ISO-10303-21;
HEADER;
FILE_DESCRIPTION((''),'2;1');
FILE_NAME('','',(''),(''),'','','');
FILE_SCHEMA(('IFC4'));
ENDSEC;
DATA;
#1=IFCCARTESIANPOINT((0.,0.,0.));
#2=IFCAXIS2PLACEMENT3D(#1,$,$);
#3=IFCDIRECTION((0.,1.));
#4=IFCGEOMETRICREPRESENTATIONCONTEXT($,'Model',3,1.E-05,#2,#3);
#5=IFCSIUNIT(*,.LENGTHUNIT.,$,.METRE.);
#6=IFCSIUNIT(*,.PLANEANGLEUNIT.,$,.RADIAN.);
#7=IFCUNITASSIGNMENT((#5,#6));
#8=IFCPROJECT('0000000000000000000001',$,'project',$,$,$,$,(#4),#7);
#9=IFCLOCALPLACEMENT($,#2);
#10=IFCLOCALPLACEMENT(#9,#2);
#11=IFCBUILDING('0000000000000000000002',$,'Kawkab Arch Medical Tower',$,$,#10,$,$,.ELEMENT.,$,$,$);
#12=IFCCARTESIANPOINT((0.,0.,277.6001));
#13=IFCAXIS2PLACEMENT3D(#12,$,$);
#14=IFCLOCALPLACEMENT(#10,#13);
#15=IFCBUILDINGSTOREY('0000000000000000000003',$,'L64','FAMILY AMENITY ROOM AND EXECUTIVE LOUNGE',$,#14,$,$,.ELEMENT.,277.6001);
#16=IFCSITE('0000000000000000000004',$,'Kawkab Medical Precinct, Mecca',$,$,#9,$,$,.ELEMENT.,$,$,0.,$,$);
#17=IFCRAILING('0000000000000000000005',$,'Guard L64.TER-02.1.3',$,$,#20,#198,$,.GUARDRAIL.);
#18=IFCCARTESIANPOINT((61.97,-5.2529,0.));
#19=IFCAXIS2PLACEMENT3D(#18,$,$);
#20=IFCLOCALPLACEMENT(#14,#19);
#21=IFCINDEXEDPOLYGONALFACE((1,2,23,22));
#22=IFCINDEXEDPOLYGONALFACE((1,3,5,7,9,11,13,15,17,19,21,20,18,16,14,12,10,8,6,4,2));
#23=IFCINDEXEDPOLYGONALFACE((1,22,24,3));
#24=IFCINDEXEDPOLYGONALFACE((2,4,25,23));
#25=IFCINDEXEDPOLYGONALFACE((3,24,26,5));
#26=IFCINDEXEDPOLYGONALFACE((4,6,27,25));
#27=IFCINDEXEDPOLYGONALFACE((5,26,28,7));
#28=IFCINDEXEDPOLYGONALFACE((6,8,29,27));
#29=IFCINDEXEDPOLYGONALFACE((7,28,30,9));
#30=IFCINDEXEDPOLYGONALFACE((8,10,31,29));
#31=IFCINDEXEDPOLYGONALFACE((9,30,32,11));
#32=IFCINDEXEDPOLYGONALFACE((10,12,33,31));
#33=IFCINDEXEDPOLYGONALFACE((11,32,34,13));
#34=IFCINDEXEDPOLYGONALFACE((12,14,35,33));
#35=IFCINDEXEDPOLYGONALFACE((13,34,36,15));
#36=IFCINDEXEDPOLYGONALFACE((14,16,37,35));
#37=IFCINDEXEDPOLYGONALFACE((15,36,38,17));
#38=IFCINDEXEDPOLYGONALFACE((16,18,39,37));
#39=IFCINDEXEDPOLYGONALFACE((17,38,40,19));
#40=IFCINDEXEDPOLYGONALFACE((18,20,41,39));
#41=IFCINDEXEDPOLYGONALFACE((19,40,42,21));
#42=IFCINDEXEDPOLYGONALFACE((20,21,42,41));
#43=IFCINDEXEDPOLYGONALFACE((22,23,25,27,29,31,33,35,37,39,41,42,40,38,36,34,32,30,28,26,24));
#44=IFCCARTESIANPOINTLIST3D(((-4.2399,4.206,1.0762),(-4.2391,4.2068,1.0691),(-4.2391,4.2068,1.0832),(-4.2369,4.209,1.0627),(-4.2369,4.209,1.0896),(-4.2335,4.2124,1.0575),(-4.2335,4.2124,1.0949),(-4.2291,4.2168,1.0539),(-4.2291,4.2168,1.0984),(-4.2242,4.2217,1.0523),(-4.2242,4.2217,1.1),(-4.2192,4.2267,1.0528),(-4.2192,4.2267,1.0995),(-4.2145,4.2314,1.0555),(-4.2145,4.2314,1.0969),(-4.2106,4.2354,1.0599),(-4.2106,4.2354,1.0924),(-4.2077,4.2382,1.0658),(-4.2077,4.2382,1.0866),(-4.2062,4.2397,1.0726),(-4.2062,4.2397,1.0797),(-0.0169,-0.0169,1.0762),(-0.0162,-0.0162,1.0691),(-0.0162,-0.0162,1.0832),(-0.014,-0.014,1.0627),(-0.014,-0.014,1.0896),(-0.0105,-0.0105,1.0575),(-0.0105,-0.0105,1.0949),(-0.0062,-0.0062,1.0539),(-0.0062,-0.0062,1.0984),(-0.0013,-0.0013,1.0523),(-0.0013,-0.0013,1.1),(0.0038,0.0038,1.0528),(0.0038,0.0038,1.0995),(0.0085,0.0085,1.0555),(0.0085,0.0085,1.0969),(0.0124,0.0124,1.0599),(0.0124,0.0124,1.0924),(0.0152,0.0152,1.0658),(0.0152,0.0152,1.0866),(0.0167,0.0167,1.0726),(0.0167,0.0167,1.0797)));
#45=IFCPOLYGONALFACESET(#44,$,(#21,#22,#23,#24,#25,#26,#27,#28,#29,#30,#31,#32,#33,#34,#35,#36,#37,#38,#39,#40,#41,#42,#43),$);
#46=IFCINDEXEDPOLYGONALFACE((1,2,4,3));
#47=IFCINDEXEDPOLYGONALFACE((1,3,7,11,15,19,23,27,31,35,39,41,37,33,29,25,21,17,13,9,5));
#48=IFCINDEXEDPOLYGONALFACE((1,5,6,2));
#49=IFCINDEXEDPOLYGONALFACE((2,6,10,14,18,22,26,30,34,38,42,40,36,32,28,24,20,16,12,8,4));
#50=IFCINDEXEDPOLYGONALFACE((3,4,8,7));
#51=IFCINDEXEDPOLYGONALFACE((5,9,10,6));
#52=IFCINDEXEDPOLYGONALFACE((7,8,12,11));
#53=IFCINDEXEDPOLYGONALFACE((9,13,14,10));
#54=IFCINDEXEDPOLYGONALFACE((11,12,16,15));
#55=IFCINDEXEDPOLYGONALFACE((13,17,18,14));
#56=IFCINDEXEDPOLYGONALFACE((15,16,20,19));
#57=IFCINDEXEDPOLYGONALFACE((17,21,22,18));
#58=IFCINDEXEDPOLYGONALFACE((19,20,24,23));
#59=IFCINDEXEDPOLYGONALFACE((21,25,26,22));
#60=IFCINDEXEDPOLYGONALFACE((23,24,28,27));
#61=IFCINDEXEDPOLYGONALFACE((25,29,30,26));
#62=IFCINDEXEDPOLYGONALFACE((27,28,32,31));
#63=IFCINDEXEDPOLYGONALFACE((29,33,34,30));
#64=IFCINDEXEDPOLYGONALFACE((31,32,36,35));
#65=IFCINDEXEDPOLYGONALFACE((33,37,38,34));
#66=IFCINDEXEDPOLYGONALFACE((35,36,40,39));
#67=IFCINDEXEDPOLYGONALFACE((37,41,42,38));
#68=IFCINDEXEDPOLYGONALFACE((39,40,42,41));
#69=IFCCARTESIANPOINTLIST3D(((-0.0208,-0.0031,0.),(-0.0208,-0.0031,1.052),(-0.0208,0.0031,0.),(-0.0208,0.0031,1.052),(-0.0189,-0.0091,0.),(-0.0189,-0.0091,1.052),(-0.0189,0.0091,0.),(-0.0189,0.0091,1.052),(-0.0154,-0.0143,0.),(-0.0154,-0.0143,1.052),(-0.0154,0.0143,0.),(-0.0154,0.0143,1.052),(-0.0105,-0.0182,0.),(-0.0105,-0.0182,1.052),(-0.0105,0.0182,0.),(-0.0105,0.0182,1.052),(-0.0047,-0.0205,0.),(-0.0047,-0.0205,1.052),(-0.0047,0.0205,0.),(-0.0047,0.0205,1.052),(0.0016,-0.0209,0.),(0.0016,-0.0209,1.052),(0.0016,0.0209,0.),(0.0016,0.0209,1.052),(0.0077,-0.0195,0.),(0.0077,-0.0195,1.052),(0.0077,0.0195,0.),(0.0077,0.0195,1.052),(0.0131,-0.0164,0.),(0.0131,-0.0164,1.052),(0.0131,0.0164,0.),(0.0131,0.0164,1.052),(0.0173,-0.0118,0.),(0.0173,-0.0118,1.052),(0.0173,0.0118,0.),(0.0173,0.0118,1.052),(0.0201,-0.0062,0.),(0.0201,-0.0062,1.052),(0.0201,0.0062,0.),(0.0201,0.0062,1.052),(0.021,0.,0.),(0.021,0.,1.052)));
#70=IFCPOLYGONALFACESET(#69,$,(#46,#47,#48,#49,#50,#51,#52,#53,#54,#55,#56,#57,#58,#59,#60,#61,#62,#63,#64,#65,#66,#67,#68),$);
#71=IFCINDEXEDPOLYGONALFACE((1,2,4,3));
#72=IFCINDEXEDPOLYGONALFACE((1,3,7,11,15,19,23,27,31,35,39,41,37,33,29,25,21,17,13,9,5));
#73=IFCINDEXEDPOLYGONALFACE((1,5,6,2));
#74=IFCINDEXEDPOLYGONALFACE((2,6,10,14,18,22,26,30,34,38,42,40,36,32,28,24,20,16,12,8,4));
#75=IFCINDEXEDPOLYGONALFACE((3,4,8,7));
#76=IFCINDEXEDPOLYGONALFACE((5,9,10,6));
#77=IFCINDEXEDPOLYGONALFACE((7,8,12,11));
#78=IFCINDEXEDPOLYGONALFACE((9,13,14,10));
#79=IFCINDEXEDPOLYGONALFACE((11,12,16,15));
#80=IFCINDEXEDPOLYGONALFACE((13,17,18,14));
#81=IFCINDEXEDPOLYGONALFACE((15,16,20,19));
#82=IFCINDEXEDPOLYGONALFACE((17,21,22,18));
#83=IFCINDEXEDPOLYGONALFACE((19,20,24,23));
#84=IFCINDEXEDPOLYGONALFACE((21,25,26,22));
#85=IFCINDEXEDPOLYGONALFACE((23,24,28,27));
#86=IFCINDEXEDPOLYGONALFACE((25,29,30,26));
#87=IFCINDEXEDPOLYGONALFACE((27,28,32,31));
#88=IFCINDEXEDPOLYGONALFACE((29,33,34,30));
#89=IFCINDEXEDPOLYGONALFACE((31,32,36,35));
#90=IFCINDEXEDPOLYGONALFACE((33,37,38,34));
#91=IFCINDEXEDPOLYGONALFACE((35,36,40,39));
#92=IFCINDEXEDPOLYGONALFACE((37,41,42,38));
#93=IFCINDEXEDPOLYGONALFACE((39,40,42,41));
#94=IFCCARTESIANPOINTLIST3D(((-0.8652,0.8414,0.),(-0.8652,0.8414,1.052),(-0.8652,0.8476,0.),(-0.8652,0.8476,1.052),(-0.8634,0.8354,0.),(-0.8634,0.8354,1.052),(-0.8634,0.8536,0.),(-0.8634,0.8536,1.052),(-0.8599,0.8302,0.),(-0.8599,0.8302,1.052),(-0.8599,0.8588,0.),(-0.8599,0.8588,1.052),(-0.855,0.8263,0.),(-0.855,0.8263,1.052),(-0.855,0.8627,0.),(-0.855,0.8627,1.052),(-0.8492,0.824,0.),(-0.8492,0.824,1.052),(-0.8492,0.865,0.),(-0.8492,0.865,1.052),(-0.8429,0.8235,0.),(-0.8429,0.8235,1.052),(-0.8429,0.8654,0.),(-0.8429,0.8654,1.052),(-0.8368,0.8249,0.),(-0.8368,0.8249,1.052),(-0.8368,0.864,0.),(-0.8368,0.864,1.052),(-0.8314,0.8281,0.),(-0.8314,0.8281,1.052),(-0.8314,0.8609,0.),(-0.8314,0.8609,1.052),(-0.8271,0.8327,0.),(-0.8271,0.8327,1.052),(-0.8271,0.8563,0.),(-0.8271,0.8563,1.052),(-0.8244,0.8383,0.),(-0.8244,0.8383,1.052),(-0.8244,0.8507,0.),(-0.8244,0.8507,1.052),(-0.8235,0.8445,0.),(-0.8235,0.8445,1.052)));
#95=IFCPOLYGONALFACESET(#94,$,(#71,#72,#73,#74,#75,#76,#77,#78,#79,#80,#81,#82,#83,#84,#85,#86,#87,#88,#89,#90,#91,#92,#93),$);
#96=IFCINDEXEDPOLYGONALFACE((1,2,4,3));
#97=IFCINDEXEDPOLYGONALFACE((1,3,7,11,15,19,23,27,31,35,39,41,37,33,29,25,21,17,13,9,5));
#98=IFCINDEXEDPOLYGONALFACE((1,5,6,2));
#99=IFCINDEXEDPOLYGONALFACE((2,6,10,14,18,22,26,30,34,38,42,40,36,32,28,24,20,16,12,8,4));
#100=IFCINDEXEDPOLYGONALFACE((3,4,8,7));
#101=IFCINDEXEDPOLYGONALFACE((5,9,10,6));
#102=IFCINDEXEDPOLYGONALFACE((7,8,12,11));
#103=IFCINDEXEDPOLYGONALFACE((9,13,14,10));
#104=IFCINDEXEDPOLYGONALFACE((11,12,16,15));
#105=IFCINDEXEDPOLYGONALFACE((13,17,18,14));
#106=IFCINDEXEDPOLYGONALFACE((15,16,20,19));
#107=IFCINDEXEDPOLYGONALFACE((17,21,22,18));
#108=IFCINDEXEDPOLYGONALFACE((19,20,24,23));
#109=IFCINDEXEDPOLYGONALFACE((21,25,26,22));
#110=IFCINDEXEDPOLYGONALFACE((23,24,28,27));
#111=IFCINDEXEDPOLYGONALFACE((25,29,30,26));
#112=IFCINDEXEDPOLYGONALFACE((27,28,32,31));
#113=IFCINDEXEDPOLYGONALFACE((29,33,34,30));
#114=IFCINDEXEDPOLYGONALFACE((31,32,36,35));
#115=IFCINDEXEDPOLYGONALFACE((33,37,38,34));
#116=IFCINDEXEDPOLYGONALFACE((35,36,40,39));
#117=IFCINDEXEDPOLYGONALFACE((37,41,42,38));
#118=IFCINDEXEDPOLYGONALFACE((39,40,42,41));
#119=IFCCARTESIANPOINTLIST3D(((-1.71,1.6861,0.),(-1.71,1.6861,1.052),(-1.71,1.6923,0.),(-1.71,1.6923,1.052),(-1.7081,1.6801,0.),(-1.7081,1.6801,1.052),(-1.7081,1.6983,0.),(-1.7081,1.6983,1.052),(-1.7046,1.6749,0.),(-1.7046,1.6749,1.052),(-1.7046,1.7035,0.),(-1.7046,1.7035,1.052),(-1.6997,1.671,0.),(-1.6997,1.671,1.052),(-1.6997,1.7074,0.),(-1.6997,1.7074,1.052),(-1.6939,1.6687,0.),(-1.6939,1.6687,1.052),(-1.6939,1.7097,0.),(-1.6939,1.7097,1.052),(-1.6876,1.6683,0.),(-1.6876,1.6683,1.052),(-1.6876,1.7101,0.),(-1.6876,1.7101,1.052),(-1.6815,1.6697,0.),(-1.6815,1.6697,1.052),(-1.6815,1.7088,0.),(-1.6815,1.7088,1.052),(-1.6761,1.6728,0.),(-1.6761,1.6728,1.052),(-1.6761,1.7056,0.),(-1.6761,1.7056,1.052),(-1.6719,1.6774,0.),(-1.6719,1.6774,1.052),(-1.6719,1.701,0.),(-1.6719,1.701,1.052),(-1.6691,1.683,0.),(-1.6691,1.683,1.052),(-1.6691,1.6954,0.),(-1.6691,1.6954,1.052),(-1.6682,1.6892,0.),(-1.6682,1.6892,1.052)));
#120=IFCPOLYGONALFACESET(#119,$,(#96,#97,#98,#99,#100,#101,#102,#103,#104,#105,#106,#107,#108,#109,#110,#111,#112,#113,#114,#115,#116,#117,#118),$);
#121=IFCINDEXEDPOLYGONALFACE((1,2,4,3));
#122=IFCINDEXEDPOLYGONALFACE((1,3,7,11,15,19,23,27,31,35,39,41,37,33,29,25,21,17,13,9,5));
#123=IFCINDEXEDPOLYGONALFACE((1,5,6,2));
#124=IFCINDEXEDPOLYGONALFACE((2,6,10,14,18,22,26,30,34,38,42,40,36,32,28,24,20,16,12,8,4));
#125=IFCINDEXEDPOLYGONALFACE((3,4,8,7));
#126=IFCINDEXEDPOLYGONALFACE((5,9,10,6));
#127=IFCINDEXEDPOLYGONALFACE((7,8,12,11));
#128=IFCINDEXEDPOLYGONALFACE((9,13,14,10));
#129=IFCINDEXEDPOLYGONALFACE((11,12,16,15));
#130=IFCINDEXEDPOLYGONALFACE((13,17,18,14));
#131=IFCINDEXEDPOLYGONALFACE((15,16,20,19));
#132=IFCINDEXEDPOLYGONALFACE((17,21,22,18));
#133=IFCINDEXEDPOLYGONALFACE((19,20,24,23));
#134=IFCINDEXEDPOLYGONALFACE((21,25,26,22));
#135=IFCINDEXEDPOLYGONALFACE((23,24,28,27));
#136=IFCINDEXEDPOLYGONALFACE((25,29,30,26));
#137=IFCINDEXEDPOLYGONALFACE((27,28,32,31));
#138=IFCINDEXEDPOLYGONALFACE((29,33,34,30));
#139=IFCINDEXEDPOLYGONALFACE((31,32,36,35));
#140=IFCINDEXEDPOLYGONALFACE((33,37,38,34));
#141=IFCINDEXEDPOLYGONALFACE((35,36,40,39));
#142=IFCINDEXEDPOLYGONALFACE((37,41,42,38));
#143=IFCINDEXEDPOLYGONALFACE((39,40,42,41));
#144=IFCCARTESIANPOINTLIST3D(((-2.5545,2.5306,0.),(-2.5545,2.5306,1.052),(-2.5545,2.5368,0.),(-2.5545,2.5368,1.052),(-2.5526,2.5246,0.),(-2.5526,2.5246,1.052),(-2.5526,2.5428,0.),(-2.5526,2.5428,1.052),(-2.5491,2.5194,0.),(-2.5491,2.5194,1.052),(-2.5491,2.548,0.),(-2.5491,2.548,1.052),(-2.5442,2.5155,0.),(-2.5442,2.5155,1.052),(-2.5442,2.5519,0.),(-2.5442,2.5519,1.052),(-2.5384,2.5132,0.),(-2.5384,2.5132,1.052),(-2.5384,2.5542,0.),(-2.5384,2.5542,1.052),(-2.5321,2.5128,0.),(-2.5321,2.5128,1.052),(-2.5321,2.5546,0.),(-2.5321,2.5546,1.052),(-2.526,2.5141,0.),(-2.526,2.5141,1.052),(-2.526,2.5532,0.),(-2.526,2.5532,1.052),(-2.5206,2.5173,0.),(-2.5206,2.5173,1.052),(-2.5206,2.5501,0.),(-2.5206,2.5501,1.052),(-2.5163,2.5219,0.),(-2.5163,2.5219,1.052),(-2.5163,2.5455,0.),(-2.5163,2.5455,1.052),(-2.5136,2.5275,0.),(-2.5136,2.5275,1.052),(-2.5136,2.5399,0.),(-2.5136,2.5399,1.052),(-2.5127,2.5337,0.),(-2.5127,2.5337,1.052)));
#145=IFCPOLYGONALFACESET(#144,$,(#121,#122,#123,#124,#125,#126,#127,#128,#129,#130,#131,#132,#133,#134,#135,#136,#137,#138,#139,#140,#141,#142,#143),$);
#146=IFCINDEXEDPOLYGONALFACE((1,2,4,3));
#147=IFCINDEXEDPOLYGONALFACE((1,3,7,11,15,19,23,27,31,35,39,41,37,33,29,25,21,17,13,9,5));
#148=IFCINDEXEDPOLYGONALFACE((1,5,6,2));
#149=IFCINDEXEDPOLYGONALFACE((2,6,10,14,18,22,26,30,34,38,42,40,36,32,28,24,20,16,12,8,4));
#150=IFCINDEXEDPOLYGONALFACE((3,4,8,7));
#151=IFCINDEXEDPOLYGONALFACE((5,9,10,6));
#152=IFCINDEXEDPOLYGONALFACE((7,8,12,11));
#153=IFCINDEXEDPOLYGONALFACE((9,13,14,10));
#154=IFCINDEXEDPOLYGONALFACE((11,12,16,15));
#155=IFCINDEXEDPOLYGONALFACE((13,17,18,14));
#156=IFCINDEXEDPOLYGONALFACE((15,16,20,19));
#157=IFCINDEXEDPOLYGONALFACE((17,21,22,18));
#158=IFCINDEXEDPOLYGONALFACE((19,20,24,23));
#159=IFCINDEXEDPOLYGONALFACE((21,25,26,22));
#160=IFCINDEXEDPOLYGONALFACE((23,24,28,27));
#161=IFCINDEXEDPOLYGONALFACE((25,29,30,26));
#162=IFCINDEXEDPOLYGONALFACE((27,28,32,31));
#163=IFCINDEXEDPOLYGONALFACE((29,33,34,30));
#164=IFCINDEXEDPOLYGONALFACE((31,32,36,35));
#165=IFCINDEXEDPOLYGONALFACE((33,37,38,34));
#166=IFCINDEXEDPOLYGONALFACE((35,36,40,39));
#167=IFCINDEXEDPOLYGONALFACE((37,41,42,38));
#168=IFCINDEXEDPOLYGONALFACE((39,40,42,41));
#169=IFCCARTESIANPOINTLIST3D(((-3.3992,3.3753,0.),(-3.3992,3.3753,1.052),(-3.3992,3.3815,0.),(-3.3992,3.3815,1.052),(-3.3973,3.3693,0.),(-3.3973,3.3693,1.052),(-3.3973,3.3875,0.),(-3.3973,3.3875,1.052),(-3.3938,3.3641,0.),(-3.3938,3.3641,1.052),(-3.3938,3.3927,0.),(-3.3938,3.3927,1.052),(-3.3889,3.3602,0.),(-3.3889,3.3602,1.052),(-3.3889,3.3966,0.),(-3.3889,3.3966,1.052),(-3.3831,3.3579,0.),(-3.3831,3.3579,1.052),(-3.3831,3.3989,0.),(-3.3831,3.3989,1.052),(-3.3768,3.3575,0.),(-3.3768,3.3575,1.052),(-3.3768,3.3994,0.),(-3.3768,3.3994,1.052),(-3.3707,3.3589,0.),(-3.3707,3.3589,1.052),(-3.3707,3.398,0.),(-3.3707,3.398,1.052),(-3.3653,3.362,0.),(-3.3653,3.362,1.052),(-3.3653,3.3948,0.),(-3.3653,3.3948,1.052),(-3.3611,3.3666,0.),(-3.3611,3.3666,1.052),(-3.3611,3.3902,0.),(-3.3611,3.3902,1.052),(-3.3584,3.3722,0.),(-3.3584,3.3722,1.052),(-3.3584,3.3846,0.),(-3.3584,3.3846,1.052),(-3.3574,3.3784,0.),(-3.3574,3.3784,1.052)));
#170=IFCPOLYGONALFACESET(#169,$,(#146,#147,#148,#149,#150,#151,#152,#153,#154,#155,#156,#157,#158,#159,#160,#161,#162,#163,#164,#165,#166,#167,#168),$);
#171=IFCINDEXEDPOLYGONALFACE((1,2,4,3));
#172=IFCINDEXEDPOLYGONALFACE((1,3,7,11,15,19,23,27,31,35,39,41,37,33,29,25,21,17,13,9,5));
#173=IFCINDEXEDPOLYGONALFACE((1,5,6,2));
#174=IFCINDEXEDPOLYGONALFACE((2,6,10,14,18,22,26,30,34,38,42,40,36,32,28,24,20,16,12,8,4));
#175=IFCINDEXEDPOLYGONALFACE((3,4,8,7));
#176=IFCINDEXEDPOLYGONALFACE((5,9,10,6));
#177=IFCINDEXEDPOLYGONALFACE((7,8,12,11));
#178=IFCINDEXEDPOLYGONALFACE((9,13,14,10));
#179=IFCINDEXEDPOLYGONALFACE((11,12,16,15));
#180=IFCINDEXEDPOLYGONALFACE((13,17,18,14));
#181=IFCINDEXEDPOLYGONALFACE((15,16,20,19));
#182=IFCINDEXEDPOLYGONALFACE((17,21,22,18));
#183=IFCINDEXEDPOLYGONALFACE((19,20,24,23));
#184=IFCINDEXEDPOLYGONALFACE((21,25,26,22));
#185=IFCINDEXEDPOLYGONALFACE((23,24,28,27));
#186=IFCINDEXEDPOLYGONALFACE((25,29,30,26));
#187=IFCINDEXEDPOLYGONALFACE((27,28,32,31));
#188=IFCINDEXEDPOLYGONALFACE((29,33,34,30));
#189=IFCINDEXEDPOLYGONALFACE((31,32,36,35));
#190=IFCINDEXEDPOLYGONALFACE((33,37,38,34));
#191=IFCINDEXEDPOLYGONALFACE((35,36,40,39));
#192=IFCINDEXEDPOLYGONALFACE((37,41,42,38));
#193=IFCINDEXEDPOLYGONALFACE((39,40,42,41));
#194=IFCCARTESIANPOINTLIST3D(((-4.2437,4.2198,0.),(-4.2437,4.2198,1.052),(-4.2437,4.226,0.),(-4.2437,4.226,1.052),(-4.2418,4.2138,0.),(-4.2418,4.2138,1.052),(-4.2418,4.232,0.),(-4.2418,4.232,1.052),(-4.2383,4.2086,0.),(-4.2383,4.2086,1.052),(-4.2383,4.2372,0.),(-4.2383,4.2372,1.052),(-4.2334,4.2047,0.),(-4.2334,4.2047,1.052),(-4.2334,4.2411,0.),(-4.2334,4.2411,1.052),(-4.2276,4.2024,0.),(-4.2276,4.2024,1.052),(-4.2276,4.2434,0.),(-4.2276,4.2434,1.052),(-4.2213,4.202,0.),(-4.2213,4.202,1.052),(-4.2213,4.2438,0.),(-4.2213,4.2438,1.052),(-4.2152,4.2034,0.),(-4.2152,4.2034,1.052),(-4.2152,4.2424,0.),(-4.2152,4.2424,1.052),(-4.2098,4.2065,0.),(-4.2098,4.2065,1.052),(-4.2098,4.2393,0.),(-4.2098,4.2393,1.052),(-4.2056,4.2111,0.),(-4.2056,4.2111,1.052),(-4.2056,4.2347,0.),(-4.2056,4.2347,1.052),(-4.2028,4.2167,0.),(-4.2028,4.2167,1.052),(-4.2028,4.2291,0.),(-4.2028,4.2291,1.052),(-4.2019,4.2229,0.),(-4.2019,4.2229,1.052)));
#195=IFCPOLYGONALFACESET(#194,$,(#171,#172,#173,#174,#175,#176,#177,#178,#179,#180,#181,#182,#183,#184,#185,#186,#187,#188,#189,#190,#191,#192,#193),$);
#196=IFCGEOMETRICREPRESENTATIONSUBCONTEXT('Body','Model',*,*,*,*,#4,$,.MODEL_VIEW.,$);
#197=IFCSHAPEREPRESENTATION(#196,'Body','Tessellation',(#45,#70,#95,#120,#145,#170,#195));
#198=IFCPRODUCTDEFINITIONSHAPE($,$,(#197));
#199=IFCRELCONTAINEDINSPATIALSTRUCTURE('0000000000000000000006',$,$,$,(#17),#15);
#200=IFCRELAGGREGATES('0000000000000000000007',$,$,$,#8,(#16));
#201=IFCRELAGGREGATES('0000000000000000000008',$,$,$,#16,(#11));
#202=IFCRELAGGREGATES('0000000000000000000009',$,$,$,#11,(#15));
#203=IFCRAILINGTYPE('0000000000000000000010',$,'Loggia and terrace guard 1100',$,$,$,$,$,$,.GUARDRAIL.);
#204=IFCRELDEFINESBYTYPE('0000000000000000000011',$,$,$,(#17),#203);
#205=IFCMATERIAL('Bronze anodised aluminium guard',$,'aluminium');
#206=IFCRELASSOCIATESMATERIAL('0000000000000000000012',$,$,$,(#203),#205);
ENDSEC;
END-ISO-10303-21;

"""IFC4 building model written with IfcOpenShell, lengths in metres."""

from ifc_helpers import new_model, si_unit, direction, frame, origin, origin_2d, place, context, subcontext, project, spatial, circle, extrude, material, type_object, element, save


model = new_model("IFC4")

# Units and contexts
model_context = context("Model", 3, precision=1e-05, world=origin(), true_north=direction((0.0, 1.0)))
body_context = subcontext(model_context, "Body", "Model", "MODEL_VIEW")
ifc_project = project(units=[si_unit("LENGTHUNIT", "METRE"), si_unit("PLANEANGLEUNIT", "RADIAN")], contexts=[model_context])

# Site, building, storey
site_placement = place(None, origin())
site = spatial("IfcSite", under=ifc_project, at=site_placement, Name="Kawkab Medical Precinct, Mecca", CompositionType="ELEMENT", RefElevation=0.0)
building_placement = place(site_placement, origin())
building = spatial("IfcBuilding", under=site, at=building_placement, Name="Kawkab Arch Medical Tower", CompositionType="ELEMENT")
storey_placement = place(building_placement, frame((0.0, 0.0, 277.6001)))
storey = spatial("IfcBuildingStorey", under=building, at=storey_placement, Name="L64", Description="FAMILY AMENITY ROOM AND EXECUTIVE LOUNGE", CompositionType="ELEMENT", Elevation=277.6001)

# Railing
ifc_material_1 = material(Name="Bronze anodised aluminium guard", Category="aluminium")
railing_type_1 = type_object("IfcRailingType", Name="Loggia and terrace guard 1100", PredefinedType="GUARDRAIL", material=ifc_material_1)
railing_1_placement = place(storey_placement, frame((61.97, -5.2529, 0.0)))
element("IfcRailing", 1, at=railing_1_placement, inside=storey, type_object=railing_type_1, Name="Guard L64.TER-02.1.3", PredefinedType="GUARDRAIL", context=body_context, shape_type="SweptSolid", body=[
    extrude(circle(Radius=0.0239, at=origin_2d()), frame((0.0, 0.0, 1.0762), z_axis=(-0.707107, 0.707107, 0.0), x_axis=(-0.707107, -0.707107, 0.0)), (0.0, 0.0, 1.0), 5.9722),
    extrude(circle(Radius=0.021, at=origin_2d()), origin(), (0.0, 0.0, 1.0), 1.052),
    extrude(circle(Radius=0.021, at=origin_2d()), frame((-0.8445, 0.8445, 0.0)), (0.0, 0.0, 1.0), 1.052),
    extrude(circle(Radius=0.021, at=origin_2d()), frame((-1.6892, 1.6892, 0.0)), (0.0, 0.0, 1.0), 1.052),
    extrude(circle(Radius=0.021, at=origin_2d()), frame((-2.5337, 2.5337, 0.0)), (0.0, 0.0, 1.0), 1.052),
    extrude(circle(Radius=0.021, at=origin_2d()), frame((-3.3784, 3.3784, 0.0)), (0.0, 0.0, 1.0), 1.052),
    extrude(circle(Radius=0.021, at=origin_2d()), frame((-4.2229, 4.2229, 0.0)), (0.0, 0.0, 1.0), 1.052),
])

save(model, "model.ifc")
